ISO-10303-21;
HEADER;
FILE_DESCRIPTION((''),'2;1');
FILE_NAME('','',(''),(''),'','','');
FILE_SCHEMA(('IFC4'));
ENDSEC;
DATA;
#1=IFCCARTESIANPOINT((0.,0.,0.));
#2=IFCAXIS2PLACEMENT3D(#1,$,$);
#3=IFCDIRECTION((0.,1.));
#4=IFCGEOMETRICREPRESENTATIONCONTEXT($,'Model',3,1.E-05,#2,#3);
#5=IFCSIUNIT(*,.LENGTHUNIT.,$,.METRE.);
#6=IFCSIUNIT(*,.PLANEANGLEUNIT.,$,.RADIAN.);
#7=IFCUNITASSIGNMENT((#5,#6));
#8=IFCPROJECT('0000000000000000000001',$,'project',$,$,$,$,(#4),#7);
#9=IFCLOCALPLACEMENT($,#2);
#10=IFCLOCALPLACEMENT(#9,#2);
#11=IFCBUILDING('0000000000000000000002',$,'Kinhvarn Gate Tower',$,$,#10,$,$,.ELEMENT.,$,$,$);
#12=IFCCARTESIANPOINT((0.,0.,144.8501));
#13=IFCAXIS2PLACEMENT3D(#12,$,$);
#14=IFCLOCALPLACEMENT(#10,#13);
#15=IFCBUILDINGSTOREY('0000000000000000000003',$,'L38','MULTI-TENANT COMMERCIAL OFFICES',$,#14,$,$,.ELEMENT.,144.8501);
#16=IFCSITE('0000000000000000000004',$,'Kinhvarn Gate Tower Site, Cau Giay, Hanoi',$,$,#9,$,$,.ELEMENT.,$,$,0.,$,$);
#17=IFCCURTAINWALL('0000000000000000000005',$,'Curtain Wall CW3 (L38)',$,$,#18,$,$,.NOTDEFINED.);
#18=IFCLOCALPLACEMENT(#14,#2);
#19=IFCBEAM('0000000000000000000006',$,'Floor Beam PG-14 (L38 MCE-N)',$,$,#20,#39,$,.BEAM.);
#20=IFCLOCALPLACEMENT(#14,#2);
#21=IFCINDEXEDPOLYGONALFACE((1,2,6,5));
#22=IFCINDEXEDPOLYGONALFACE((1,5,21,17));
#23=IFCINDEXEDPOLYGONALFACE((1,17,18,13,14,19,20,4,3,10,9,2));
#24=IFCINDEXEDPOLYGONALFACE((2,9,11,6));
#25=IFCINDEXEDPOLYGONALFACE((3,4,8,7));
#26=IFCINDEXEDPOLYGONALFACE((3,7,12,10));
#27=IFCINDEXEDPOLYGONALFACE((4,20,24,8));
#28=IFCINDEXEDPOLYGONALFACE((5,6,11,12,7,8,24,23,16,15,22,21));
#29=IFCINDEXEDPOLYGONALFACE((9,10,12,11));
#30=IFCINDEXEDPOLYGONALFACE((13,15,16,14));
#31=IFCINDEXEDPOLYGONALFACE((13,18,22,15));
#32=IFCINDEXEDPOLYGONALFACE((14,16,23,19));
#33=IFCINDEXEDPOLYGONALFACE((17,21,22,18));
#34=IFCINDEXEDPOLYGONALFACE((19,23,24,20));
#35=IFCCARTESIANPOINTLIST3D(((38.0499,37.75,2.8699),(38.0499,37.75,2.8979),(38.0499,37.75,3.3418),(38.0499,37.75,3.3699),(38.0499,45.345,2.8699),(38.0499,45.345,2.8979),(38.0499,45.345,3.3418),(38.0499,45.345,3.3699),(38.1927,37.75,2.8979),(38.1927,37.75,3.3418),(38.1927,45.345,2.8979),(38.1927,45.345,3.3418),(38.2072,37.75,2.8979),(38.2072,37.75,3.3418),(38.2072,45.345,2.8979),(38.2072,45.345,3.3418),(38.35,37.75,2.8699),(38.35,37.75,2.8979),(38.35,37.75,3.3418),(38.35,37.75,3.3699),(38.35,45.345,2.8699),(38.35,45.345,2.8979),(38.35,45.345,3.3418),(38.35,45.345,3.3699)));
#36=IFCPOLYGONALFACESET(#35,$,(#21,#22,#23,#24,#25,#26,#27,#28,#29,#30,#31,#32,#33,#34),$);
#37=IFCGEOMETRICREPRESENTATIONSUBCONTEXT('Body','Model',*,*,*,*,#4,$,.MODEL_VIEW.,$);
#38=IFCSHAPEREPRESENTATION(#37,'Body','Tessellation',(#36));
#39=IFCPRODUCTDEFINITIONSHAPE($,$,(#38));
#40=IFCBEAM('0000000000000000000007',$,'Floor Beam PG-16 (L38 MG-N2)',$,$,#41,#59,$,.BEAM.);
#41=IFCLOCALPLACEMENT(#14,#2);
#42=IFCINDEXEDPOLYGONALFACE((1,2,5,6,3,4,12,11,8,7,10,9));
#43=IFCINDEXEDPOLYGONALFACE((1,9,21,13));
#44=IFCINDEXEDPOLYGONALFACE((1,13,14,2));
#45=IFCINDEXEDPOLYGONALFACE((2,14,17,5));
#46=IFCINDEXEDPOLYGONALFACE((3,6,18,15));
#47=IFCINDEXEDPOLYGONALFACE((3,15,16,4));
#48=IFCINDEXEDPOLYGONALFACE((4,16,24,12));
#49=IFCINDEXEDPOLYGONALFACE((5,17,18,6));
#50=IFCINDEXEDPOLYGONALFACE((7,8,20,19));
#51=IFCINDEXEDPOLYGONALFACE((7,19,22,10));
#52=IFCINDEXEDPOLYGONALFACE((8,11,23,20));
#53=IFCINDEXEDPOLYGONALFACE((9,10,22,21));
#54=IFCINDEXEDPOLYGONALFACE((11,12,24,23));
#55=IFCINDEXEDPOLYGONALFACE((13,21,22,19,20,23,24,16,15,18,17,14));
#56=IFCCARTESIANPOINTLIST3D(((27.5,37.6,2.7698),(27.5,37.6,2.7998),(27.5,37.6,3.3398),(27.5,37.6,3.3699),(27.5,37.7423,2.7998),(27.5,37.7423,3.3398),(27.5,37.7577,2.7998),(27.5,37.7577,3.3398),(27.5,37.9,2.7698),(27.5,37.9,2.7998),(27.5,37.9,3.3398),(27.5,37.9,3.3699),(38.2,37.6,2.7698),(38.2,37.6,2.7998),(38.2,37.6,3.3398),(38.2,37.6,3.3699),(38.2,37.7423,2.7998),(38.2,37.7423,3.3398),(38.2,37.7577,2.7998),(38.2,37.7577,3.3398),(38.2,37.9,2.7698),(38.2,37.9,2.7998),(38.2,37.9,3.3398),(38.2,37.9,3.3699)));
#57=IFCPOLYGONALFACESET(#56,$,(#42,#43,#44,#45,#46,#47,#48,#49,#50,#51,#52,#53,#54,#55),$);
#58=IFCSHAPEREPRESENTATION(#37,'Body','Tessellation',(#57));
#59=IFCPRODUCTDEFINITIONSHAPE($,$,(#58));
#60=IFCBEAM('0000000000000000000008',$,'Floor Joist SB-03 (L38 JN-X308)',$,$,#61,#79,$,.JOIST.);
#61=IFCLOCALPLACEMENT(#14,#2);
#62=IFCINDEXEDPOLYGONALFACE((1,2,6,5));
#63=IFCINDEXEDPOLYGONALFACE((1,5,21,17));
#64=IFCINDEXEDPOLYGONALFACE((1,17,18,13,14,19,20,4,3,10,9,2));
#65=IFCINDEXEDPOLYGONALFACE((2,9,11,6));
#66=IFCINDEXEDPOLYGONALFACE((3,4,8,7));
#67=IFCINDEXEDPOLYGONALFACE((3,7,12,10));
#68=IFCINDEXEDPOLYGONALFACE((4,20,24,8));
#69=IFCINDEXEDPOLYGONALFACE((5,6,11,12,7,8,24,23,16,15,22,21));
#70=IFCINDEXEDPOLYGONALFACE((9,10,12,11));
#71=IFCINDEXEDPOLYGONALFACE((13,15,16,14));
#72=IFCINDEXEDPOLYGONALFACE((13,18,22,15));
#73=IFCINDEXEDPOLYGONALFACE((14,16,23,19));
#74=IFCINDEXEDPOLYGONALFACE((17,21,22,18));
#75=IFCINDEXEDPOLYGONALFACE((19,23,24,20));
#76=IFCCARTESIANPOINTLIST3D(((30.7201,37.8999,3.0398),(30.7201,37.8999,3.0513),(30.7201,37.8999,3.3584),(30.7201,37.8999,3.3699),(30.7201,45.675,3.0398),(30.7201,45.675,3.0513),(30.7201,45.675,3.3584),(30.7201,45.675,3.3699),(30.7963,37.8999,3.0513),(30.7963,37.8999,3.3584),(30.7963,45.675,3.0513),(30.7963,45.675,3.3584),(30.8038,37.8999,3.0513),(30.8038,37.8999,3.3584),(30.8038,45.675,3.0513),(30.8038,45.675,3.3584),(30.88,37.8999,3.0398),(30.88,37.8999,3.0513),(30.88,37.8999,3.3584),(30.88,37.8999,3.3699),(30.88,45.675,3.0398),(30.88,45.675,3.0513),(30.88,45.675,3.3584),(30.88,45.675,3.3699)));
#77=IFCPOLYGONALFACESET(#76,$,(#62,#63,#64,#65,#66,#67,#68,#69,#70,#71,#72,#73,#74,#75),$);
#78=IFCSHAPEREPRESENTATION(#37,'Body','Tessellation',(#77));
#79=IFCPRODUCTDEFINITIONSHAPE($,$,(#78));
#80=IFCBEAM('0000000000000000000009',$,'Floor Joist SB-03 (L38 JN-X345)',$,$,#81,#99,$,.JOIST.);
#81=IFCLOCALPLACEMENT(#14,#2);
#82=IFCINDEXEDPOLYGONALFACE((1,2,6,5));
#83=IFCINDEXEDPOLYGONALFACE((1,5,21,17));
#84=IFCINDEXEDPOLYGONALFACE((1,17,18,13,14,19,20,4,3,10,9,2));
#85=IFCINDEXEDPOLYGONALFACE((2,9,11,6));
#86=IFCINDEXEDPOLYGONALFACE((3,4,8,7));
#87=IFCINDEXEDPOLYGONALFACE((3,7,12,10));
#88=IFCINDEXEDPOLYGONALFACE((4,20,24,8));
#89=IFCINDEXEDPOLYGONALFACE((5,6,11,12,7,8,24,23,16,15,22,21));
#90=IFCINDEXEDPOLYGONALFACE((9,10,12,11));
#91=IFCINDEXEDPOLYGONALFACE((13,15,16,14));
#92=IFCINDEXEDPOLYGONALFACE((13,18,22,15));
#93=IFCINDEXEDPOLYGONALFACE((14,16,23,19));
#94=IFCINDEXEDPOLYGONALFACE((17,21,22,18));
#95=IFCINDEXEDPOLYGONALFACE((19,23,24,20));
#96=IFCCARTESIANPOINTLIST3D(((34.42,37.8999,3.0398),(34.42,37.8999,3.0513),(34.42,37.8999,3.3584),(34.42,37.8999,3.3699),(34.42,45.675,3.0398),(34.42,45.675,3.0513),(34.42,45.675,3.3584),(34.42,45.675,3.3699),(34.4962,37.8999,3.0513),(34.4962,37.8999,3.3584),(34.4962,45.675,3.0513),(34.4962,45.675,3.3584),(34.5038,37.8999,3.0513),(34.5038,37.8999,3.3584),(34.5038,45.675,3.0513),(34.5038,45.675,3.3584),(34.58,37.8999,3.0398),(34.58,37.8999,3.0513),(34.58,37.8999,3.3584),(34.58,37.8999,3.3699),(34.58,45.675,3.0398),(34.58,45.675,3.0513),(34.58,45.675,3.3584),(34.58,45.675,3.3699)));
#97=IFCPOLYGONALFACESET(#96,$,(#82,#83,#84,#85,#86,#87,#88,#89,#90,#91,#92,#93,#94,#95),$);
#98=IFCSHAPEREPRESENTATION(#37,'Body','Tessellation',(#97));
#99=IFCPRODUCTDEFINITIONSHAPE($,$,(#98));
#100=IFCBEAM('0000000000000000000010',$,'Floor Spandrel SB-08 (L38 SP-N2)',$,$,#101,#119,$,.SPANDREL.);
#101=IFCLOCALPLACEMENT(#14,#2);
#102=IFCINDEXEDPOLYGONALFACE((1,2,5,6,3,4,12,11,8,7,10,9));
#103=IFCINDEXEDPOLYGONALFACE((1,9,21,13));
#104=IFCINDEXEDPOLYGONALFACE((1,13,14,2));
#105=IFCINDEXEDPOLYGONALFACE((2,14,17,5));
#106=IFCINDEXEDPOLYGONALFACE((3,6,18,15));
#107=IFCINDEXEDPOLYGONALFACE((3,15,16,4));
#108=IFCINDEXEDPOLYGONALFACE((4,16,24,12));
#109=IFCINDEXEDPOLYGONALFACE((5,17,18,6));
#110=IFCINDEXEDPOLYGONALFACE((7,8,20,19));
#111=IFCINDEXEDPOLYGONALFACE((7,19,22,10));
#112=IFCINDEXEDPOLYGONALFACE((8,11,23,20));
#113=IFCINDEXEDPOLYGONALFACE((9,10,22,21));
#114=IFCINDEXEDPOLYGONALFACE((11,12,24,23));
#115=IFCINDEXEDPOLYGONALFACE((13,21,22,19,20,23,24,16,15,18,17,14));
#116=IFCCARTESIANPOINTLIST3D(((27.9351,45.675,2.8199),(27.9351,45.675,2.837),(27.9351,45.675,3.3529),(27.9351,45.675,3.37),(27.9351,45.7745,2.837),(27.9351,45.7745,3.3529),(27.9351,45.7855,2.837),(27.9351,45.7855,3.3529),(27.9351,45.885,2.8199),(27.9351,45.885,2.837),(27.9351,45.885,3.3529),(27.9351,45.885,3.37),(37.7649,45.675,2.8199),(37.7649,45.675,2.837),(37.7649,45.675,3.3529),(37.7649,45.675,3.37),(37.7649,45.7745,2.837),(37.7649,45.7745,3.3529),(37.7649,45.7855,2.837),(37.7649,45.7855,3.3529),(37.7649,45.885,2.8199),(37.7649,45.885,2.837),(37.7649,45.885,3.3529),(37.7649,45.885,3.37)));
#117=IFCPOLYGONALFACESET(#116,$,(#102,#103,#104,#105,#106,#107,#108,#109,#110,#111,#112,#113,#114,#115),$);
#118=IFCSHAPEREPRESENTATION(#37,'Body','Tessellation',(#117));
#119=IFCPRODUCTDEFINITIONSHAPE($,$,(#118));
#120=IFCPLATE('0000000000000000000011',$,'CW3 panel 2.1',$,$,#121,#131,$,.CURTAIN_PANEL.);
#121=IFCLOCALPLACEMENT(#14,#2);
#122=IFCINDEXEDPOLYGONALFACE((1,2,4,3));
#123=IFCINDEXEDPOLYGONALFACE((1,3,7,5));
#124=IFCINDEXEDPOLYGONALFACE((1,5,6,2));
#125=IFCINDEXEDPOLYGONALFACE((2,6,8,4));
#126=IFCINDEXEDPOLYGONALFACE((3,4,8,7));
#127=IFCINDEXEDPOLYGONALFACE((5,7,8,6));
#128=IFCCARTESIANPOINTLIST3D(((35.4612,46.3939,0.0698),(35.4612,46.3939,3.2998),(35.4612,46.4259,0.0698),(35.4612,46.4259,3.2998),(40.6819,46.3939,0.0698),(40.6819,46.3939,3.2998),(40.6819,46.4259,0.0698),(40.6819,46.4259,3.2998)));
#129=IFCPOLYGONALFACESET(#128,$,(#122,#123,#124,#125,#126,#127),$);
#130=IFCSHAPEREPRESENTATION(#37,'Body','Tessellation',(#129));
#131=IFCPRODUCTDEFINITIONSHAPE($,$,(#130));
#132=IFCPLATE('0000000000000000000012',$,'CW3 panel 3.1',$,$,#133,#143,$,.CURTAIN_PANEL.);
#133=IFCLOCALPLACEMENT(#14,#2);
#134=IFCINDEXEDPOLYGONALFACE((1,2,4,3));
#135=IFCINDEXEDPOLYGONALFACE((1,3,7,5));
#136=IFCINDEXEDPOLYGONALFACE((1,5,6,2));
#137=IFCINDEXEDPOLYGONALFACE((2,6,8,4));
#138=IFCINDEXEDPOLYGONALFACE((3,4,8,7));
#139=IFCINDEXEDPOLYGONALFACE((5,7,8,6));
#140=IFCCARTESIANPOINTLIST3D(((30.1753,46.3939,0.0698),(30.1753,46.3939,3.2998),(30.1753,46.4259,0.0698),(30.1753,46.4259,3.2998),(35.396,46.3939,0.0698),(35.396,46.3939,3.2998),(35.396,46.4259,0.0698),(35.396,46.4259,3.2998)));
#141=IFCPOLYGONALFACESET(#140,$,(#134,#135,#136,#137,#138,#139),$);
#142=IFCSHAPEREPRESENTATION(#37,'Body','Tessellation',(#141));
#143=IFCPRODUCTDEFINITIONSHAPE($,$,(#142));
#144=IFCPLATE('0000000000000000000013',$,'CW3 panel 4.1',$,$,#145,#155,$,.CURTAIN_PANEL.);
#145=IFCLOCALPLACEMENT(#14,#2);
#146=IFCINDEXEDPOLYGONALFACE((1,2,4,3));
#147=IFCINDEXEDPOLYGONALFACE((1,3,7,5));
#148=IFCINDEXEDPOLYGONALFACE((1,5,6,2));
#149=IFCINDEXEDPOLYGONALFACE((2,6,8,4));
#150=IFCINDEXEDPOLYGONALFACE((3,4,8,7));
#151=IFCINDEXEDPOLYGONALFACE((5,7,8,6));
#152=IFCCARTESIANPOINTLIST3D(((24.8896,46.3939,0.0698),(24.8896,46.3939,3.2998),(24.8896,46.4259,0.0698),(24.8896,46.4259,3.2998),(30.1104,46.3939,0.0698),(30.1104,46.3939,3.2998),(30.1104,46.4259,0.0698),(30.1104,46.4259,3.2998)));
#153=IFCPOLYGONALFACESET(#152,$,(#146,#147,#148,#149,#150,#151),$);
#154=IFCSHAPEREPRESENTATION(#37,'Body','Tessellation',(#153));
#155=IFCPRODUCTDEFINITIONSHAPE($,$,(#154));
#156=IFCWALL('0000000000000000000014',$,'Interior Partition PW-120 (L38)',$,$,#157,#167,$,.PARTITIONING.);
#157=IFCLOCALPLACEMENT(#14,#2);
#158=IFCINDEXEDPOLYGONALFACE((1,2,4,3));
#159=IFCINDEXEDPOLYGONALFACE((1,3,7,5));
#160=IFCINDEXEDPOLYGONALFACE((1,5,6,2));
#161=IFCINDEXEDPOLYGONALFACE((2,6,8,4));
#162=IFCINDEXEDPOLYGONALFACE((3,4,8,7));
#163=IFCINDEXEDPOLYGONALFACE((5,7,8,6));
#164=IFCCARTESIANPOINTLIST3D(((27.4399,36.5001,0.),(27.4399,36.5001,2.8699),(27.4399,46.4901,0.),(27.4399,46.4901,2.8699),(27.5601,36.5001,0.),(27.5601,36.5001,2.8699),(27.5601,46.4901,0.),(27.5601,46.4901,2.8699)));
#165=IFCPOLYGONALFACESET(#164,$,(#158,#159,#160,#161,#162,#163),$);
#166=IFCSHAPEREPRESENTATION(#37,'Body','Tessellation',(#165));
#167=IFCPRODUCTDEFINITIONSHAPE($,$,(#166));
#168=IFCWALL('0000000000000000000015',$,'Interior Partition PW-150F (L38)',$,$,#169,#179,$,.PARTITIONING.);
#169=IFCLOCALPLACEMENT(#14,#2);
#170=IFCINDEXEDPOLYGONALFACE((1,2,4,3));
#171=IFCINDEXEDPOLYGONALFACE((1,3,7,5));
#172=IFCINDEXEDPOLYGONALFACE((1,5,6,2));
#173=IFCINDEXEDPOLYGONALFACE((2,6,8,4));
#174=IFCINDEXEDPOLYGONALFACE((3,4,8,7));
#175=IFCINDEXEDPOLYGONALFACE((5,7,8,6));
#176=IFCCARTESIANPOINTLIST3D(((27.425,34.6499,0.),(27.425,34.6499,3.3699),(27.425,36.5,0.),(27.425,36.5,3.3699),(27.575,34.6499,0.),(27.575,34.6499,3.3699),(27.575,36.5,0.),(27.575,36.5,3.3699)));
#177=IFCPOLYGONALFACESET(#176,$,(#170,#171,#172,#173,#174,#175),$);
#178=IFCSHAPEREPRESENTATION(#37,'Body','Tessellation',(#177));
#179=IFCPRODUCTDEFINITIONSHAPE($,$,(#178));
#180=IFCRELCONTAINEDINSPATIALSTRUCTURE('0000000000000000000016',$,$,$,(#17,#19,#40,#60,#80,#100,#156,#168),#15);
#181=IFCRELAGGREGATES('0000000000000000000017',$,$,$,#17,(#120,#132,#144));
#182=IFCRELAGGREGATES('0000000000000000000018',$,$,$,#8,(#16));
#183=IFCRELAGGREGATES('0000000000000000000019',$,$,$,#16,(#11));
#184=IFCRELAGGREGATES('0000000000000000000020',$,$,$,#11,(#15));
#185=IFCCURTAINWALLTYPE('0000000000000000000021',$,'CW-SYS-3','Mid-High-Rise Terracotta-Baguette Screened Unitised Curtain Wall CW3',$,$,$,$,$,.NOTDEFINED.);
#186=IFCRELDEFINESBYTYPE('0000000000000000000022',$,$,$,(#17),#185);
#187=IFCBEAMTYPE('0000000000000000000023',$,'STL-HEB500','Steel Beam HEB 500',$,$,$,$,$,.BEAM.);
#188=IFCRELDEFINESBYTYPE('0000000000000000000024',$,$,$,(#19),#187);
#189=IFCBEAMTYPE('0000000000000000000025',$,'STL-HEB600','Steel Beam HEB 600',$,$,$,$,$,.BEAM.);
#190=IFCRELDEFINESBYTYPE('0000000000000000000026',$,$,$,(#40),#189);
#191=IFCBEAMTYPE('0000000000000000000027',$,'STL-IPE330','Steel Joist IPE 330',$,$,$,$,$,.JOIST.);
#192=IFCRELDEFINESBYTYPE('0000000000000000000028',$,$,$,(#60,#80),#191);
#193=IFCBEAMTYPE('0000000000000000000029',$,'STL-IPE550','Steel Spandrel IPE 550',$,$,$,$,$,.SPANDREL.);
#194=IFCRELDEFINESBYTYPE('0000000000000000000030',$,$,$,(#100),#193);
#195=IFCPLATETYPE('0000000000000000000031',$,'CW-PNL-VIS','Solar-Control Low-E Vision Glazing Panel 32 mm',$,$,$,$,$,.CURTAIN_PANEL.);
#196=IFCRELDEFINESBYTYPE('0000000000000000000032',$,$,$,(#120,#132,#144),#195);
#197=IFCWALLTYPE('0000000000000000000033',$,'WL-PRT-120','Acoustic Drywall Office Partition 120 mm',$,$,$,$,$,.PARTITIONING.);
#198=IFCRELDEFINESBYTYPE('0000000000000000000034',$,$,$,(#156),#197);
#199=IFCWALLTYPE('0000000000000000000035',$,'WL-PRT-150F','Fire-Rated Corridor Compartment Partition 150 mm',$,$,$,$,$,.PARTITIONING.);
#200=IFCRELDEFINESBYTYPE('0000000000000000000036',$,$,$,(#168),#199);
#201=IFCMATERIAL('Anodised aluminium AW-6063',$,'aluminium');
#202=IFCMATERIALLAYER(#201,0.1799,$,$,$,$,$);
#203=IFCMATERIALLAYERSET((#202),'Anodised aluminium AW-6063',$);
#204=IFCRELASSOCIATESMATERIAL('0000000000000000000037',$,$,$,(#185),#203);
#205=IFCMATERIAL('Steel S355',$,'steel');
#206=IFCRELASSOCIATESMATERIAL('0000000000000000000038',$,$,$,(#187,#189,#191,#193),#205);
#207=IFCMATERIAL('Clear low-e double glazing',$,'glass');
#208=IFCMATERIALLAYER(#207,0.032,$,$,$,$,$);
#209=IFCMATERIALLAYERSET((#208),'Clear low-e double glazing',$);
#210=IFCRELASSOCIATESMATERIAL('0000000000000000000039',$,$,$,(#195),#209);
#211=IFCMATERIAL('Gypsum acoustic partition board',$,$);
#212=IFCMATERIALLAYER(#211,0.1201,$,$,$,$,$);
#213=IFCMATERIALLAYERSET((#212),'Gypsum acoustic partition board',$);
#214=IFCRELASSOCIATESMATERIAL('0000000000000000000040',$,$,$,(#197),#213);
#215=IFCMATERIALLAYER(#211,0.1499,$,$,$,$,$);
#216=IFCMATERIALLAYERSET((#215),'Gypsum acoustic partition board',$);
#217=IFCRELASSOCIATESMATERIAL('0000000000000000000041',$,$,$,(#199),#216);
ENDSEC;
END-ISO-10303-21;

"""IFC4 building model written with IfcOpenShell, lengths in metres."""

from ifc_helpers import new_model, si_unit, direction, frame, frame_2d, origin, origin_2d, place, context, subcontext, project, spatial, rectangle, i_section, extrude, material, layer, layer_set, material_profile, profile_set, type_object, element, aggregate, save


model = new_model("IFC4")

# Units and contexts
model_context = context("Model", 3, precision=1e-05, world=origin(), true_north=direction((0.0, 1.0)))
body_context = subcontext(model_context, "Body", "Model", "MODEL_VIEW")
ifc_project = project(units=[si_unit("LENGTHUNIT", "METRE"), si_unit("PLANEANGLEUNIT", "RADIAN")], contexts=[model_context])

# Site, building, storey
site_placement = place(None, origin())
site = spatial("IfcSite", under=ifc_project, at=site_placement, Name="Kinhvarn Gate Tower Site, Cau Giay, Hanoi", CompositionType="ELEMENT", RefElevation=0.0)
building_placement = place(site_placement, origin())
building = spatial("IfcBuilding", under=site, at=building_placement, Name="Kinhvarn Gate Tower", CompositionType="ELEMENT")
storey_placement = place(building_placement, frame((0.0, 0.0, 144.8501)))
storey = spatial("IfcBuildingStorey", under=building, at=storey_placement, Name="L38", Description="MULTI-TENANT COMMERCIAL OFFICES", CompositionType="ELEMENT", Elevation=144.8501)

# Curtain wall
ifc_material_1 = material(Name="Anodised aluminium AW-6063", Category="aluminium")
ifc_layer_1 = layer(ifc_material_1, 0.1799)
ifc_layer_set_1 = layer_set([ifc_layer_1], Name="Anodised aluminium AW-6063")
curtain_wall_type = type_object("IfcCurtainWallType", Name="CW-SYS-3", Description="Mid-High-Rise Terracotta-Baguette Screened Unitised Curtain Wall CW3", PredefinedType="NOTDEFINED", material=ifc_layer_set_1)
curtain_wall_placement = place(storey_placement, origin())
curtain_wall = element("IfcCurtainWall", 1, at=curtain_wall_placement, inside=storey, type_object=curtain_wall_type, Name="Curtain Wall CW3 (L38)", PredefinedType="NOTDEFINED")

# Beams
ifc_material_2 = material(Name="Steel S355", Category="steel")
ifc_material_profile_1 = material_profile(ifc_material_2, i_section(OverallWidth=0.3, OverallDepth=0.5, WebThickness=0.0144, FlangeThickness=0.0281, at=origin_2d()), Name="HEB 500")
ifc_profile_set_1 = profile_set([ifc_material_profile_1], Name="Steel S355")
beam_type_1 = type_object("IfcBeamType", Name="STL-HEB500", Description="Steel Beam HEB 500", PredefinedType="BEAM", material=ifc_profile_set_1)
for number, where, z_axis, x_axis, name in (
    (2, (38.2, 37.75, 3.1199), (0.0, 1.0, 0.0), (-1.0, 0.0, 0.0), "Floor Beam PG-14 (L38 MCE-N)"),
):
    element("IfcBeam", number, at=place(storey_placement, frame(where, z_axis=z_axis, x_axis=x_axis)), inside=storey, type_object=beam_type_1, Name=name, PredefinedType="BEAM", context=body_context, shape_type="SweptSolid", body=[
        extrude(i_section(OverallWidth=0.3, OverallDepth=0.5, WebThickness=0.0144, FlangeThickness=0.0281, at=origin_2d()), origin(), (0.0, 0.0, 1.0), 7.595),
    ])
ifc_material_profile_2 = material_profile(ifc_material_2, i_section(OverallWidth=0.3, OverallDepth=0.6001, WebThickness=0.0154, FlangeThickness=0.03, at=origin_2d()), Name="HEB 600")
ifc_profile_set_2 = profile_set([ifc_material_profile_2], Name="Steel S355")
beam_type_2 = type_object("IfcBeamType", Name="STL-HEB600", Description="Steel Beam HEB 600", PredefinedType="BEAM", material=ifc_profile_set_2)
beam_1_placement = place(storey_placement, frame((27.5, 37.75, 3.0698), z_axis=(1.0, 0.0, 0.0), x_axis=(0.0, 1.0, 0.0)))
element("IfcBeam", 3, at=beam_1_placement, inside=storey, type_object=beam_type_2, Name="Floor Beam PG-16 (L38 MG-N2)", PredefinedType="BEAM", context=body_context, shape_type="SweptSolid", body=[
    extrude(i_section(OverallWidth=0.3, OverallDepth=0.6001, WebThickness=0.0154, FlangeThickness=0.03, at=origin_2d()), origin(), (0.0, 0.0, 1.0), 10.7),
])
ifc_material_profile_3 = material_profile(ifc_material_2, i_section(OverallWidth=0.1599, OverallDepth=0.3301, WebThickness=0.0076, FlangeThickness=0.0115, at=origin_2d()), Name="IPE 330")
ifc_profile_set_3 = profile_set([ifc_material_profile_3], Name="Steel S355")
beam_type_3 = type_object("IfcBeamType", Name="STL-IPE330", Description="Steel Joist IPE 330", PredefinedType="JOIST", material=ifc_profile_set_3)
for number, where, z_axis, x_axis, name in (
    (4, (30.8, 37.8999, 3.2048), (0.0, 1.0, 0.0), (-1.0, 0.0, 0.0), "Floor Joist SB-03 (L38 JN-X308)"),
    (5, (34.5, 37.8999, 3.2048), (0.0, 1.0, 0.0), (-1.0, 0.0, 0.0), "Floor Joist SB-03 (L38 JN-X345)"),
):
    element("IfcBeam", number, at=place(storey_placement, frame(where, z_axis=z_axis, x_axis=x_axis)), inside=storey, type_object=beam_type_3, Name=name, PredefinedType="JOIST", context=body_context, shape_type="SweptSolid", body=[
        extrude(i_section(OverallWidth=0.1599, OverallDepth=0.3301, WebThickness=0.0076, FlangeThickness=0.0115, at=origin_2d()), origin(), (0.0, 0.0, 1.0), 7.7751),
    ])
ifc_material_profile_4 = material_profile(ifc_material_2, i_section(OverallWidth=0.21, OverallDepth=0.55, WebThickness=0.011, FlangeThickness=0.0171, at=origin_2d()), Name="IPE 550")
ifc_profile_set_4 = profile_set([ifc_material_profile_4], Name="Steel S355")
beam_type_4 = type_object("IfcBeamType", Name="STL-IPE550", Description="Steel Spandrel IPE 550", PredefinedType="SPANDREL", material=ifc_profile_set_4)
beam_2_placement = place(storey_placement, frame((27.9351, 45.78, 3.095), z_axis=(1.0, 0.0, 0.0), x_axis=(0.0, 1.0, 0.0)))
element("IfcBeam", 6, at=beam_2_placement, inside=storey, type_object=beam_type_4, Name="Floor Spandrel SB-08 (L38 SP-N2)", PredefinedType="SPANDREL", context=body_context, shape_type="SweptSolid", body=[
    extrude(i_section(OverallWidth=0.21, OverallDepth=0.55, WebThickness=0.011, FlangeThickness=0.0171, at=origin_2d()), origin(), (0.0, 0.0, 1.0), 9.8298),
])

# Plates
ifc_material_3 = material(Name="Clear low-e double glazing", Category="glass")
ifc_layer_2 = layer(ifc_material_3, 0.032)
ifc_layer_set_2 = layer_set([ifc_layer_2], Name="Clear low-e double glazing")
plate_type = type_object("IfcPlateType", Name="CW-PNL-VIS", Description="Solar-Control Low-E Vision Glazing Panel 32 mm", PredefinedType="CURTAIN_PANEL", material=ifc_layer_set_2)
plate_1_placement = place(storey_placement, frame((38.0715, 46.4099, 0.0698), z_axis=(0.0, 0.0, 1.0), x_axis=(-1.0, 0.0, 0.0)))
plate_1 = element("IfcPlate", 7, at=plate_1_placement, type_object=plate_type, Name="CW3 panel 2.1", PredefinedType="CURTAIN_PANEL", context=body_context, shape_type="SweptSolid", body=[
    extrude(rectangle(XDim=5.2207, YDim=0.032, at=origin_2d()), origin(), (0.0, 0.0, 1.0), 3.23),
])
plate_2_placement = place(storey_placement, frame((32.7856, 46.4099, 0.0698), z_axis=(0.0, 0.0, 1.0), x_axis=(-1.0, 0.0, 0.0)))
plate_2 = element("IfcPlate", 8, at=plate_2_placement, type_object=plate_type, Name="CW3 panel 3.1", PredefinedType="CURTAIN_PANEL", context=body_context, shape_type="SweptSolid", body=[
    extrude(rectangle(XDim=5.2207, YDim=0.032, at=origin_2d()), origin(), (0.0, 0.0, 1.0), 3.23),
])
plate_3_placement = place(storey_placement, frame((27.5, 46.4099, 0.0698), z_axis=(0.0, 0.0, 1.0), x_axis=(-1.0, 0.0, 0.0)))
plate_3 = element("IfcPlate", 9, at=plate_3_placement, type_object=plate_type, Name="CW3 panel 4.1", PredefinedType="CURTAIN_PANEL", context=body_context, shape_type="SweptSolid", body=[
    extrude(rectangle(XDim=5.2207, YDim=0.032, at=origin_2d()), origin(), (0.0, 0.0, 1.0), 3.23),
])
aggregate(curtain_wall, [plate_1, plate_2, plate_3])

# Walls
ifc_material_4 = material(Name="Gypsum acoustic partition board")
ifc_layer_3 = layer(ifc_material_4, 0.1201)
ifc_layer_set_3 = layer_set([ifc_layer_3], Name="Gypsum acoustic partition board")
wall_type_1 = type_object("IfcWallType", Name="WL-PRT-120", Description="Acoustic Drywall Office Partition 120 mm", PredefinedType="PARTITIONING", material=ifc_layer_set_3)
wall_1_placement = place(storey_placement, frame((27.5, 36.5, 0.0), z_axis=(0.0, 0.0, 1.0), x_axis=(0.0, 1.0, 0.0)))
element("IfcWall", 10, at=wall_1_placement, inside=storey, type_object=wall_type_1, Name="Interior Partition PW-120 (L38)", PredefinedType="PARTITIONING", context=body_context, shape_type="SweptSolid", body=[
    extrude(rectangle(XDim=9.99, YDim=0.1201, at=frame_2d((4.9951, 0.0))), origin(), (0.0, 0.0, 1.0), 2.8699),
])
ifc_layer_4 = layer(ifc_material_4, 0.1499)
ifc_layer_set_4 = layer_set([ifc_layer_4], Name="Gypsum acoustic partition board")
wall_type_2 = type_object("IfcWallType", Name="WL-PRT-150F", Description="Fire-Rated Corridor Compartment Partition 150 mm", PredefinedType="PARTITIONING", material=ifc_layer_set_4)
wall_2_placement = place(storey_placement, frame((27.5, 34.6499, 0.0), z_axis=(0.0, 0.0, 1.0), x_axis=(0.0, 1.0, 0.0)))
element("IfcWall", 11, at=wall_2_placement, inside=storey, type_object=wall_type_2, Name="Interior Partition PW-150F (L38)", PredefinedType="PARTITIONING", context=body_context, shape_type="SweptSolid", body=[
    extrude(rectangle(XDim=1.8501, YDim=0.1499, at=frame_2d((0.925, 0.0))), origin(), (0.0, 0.0, 1.0), 3.3699),
])

save(model, "model.ifc")
